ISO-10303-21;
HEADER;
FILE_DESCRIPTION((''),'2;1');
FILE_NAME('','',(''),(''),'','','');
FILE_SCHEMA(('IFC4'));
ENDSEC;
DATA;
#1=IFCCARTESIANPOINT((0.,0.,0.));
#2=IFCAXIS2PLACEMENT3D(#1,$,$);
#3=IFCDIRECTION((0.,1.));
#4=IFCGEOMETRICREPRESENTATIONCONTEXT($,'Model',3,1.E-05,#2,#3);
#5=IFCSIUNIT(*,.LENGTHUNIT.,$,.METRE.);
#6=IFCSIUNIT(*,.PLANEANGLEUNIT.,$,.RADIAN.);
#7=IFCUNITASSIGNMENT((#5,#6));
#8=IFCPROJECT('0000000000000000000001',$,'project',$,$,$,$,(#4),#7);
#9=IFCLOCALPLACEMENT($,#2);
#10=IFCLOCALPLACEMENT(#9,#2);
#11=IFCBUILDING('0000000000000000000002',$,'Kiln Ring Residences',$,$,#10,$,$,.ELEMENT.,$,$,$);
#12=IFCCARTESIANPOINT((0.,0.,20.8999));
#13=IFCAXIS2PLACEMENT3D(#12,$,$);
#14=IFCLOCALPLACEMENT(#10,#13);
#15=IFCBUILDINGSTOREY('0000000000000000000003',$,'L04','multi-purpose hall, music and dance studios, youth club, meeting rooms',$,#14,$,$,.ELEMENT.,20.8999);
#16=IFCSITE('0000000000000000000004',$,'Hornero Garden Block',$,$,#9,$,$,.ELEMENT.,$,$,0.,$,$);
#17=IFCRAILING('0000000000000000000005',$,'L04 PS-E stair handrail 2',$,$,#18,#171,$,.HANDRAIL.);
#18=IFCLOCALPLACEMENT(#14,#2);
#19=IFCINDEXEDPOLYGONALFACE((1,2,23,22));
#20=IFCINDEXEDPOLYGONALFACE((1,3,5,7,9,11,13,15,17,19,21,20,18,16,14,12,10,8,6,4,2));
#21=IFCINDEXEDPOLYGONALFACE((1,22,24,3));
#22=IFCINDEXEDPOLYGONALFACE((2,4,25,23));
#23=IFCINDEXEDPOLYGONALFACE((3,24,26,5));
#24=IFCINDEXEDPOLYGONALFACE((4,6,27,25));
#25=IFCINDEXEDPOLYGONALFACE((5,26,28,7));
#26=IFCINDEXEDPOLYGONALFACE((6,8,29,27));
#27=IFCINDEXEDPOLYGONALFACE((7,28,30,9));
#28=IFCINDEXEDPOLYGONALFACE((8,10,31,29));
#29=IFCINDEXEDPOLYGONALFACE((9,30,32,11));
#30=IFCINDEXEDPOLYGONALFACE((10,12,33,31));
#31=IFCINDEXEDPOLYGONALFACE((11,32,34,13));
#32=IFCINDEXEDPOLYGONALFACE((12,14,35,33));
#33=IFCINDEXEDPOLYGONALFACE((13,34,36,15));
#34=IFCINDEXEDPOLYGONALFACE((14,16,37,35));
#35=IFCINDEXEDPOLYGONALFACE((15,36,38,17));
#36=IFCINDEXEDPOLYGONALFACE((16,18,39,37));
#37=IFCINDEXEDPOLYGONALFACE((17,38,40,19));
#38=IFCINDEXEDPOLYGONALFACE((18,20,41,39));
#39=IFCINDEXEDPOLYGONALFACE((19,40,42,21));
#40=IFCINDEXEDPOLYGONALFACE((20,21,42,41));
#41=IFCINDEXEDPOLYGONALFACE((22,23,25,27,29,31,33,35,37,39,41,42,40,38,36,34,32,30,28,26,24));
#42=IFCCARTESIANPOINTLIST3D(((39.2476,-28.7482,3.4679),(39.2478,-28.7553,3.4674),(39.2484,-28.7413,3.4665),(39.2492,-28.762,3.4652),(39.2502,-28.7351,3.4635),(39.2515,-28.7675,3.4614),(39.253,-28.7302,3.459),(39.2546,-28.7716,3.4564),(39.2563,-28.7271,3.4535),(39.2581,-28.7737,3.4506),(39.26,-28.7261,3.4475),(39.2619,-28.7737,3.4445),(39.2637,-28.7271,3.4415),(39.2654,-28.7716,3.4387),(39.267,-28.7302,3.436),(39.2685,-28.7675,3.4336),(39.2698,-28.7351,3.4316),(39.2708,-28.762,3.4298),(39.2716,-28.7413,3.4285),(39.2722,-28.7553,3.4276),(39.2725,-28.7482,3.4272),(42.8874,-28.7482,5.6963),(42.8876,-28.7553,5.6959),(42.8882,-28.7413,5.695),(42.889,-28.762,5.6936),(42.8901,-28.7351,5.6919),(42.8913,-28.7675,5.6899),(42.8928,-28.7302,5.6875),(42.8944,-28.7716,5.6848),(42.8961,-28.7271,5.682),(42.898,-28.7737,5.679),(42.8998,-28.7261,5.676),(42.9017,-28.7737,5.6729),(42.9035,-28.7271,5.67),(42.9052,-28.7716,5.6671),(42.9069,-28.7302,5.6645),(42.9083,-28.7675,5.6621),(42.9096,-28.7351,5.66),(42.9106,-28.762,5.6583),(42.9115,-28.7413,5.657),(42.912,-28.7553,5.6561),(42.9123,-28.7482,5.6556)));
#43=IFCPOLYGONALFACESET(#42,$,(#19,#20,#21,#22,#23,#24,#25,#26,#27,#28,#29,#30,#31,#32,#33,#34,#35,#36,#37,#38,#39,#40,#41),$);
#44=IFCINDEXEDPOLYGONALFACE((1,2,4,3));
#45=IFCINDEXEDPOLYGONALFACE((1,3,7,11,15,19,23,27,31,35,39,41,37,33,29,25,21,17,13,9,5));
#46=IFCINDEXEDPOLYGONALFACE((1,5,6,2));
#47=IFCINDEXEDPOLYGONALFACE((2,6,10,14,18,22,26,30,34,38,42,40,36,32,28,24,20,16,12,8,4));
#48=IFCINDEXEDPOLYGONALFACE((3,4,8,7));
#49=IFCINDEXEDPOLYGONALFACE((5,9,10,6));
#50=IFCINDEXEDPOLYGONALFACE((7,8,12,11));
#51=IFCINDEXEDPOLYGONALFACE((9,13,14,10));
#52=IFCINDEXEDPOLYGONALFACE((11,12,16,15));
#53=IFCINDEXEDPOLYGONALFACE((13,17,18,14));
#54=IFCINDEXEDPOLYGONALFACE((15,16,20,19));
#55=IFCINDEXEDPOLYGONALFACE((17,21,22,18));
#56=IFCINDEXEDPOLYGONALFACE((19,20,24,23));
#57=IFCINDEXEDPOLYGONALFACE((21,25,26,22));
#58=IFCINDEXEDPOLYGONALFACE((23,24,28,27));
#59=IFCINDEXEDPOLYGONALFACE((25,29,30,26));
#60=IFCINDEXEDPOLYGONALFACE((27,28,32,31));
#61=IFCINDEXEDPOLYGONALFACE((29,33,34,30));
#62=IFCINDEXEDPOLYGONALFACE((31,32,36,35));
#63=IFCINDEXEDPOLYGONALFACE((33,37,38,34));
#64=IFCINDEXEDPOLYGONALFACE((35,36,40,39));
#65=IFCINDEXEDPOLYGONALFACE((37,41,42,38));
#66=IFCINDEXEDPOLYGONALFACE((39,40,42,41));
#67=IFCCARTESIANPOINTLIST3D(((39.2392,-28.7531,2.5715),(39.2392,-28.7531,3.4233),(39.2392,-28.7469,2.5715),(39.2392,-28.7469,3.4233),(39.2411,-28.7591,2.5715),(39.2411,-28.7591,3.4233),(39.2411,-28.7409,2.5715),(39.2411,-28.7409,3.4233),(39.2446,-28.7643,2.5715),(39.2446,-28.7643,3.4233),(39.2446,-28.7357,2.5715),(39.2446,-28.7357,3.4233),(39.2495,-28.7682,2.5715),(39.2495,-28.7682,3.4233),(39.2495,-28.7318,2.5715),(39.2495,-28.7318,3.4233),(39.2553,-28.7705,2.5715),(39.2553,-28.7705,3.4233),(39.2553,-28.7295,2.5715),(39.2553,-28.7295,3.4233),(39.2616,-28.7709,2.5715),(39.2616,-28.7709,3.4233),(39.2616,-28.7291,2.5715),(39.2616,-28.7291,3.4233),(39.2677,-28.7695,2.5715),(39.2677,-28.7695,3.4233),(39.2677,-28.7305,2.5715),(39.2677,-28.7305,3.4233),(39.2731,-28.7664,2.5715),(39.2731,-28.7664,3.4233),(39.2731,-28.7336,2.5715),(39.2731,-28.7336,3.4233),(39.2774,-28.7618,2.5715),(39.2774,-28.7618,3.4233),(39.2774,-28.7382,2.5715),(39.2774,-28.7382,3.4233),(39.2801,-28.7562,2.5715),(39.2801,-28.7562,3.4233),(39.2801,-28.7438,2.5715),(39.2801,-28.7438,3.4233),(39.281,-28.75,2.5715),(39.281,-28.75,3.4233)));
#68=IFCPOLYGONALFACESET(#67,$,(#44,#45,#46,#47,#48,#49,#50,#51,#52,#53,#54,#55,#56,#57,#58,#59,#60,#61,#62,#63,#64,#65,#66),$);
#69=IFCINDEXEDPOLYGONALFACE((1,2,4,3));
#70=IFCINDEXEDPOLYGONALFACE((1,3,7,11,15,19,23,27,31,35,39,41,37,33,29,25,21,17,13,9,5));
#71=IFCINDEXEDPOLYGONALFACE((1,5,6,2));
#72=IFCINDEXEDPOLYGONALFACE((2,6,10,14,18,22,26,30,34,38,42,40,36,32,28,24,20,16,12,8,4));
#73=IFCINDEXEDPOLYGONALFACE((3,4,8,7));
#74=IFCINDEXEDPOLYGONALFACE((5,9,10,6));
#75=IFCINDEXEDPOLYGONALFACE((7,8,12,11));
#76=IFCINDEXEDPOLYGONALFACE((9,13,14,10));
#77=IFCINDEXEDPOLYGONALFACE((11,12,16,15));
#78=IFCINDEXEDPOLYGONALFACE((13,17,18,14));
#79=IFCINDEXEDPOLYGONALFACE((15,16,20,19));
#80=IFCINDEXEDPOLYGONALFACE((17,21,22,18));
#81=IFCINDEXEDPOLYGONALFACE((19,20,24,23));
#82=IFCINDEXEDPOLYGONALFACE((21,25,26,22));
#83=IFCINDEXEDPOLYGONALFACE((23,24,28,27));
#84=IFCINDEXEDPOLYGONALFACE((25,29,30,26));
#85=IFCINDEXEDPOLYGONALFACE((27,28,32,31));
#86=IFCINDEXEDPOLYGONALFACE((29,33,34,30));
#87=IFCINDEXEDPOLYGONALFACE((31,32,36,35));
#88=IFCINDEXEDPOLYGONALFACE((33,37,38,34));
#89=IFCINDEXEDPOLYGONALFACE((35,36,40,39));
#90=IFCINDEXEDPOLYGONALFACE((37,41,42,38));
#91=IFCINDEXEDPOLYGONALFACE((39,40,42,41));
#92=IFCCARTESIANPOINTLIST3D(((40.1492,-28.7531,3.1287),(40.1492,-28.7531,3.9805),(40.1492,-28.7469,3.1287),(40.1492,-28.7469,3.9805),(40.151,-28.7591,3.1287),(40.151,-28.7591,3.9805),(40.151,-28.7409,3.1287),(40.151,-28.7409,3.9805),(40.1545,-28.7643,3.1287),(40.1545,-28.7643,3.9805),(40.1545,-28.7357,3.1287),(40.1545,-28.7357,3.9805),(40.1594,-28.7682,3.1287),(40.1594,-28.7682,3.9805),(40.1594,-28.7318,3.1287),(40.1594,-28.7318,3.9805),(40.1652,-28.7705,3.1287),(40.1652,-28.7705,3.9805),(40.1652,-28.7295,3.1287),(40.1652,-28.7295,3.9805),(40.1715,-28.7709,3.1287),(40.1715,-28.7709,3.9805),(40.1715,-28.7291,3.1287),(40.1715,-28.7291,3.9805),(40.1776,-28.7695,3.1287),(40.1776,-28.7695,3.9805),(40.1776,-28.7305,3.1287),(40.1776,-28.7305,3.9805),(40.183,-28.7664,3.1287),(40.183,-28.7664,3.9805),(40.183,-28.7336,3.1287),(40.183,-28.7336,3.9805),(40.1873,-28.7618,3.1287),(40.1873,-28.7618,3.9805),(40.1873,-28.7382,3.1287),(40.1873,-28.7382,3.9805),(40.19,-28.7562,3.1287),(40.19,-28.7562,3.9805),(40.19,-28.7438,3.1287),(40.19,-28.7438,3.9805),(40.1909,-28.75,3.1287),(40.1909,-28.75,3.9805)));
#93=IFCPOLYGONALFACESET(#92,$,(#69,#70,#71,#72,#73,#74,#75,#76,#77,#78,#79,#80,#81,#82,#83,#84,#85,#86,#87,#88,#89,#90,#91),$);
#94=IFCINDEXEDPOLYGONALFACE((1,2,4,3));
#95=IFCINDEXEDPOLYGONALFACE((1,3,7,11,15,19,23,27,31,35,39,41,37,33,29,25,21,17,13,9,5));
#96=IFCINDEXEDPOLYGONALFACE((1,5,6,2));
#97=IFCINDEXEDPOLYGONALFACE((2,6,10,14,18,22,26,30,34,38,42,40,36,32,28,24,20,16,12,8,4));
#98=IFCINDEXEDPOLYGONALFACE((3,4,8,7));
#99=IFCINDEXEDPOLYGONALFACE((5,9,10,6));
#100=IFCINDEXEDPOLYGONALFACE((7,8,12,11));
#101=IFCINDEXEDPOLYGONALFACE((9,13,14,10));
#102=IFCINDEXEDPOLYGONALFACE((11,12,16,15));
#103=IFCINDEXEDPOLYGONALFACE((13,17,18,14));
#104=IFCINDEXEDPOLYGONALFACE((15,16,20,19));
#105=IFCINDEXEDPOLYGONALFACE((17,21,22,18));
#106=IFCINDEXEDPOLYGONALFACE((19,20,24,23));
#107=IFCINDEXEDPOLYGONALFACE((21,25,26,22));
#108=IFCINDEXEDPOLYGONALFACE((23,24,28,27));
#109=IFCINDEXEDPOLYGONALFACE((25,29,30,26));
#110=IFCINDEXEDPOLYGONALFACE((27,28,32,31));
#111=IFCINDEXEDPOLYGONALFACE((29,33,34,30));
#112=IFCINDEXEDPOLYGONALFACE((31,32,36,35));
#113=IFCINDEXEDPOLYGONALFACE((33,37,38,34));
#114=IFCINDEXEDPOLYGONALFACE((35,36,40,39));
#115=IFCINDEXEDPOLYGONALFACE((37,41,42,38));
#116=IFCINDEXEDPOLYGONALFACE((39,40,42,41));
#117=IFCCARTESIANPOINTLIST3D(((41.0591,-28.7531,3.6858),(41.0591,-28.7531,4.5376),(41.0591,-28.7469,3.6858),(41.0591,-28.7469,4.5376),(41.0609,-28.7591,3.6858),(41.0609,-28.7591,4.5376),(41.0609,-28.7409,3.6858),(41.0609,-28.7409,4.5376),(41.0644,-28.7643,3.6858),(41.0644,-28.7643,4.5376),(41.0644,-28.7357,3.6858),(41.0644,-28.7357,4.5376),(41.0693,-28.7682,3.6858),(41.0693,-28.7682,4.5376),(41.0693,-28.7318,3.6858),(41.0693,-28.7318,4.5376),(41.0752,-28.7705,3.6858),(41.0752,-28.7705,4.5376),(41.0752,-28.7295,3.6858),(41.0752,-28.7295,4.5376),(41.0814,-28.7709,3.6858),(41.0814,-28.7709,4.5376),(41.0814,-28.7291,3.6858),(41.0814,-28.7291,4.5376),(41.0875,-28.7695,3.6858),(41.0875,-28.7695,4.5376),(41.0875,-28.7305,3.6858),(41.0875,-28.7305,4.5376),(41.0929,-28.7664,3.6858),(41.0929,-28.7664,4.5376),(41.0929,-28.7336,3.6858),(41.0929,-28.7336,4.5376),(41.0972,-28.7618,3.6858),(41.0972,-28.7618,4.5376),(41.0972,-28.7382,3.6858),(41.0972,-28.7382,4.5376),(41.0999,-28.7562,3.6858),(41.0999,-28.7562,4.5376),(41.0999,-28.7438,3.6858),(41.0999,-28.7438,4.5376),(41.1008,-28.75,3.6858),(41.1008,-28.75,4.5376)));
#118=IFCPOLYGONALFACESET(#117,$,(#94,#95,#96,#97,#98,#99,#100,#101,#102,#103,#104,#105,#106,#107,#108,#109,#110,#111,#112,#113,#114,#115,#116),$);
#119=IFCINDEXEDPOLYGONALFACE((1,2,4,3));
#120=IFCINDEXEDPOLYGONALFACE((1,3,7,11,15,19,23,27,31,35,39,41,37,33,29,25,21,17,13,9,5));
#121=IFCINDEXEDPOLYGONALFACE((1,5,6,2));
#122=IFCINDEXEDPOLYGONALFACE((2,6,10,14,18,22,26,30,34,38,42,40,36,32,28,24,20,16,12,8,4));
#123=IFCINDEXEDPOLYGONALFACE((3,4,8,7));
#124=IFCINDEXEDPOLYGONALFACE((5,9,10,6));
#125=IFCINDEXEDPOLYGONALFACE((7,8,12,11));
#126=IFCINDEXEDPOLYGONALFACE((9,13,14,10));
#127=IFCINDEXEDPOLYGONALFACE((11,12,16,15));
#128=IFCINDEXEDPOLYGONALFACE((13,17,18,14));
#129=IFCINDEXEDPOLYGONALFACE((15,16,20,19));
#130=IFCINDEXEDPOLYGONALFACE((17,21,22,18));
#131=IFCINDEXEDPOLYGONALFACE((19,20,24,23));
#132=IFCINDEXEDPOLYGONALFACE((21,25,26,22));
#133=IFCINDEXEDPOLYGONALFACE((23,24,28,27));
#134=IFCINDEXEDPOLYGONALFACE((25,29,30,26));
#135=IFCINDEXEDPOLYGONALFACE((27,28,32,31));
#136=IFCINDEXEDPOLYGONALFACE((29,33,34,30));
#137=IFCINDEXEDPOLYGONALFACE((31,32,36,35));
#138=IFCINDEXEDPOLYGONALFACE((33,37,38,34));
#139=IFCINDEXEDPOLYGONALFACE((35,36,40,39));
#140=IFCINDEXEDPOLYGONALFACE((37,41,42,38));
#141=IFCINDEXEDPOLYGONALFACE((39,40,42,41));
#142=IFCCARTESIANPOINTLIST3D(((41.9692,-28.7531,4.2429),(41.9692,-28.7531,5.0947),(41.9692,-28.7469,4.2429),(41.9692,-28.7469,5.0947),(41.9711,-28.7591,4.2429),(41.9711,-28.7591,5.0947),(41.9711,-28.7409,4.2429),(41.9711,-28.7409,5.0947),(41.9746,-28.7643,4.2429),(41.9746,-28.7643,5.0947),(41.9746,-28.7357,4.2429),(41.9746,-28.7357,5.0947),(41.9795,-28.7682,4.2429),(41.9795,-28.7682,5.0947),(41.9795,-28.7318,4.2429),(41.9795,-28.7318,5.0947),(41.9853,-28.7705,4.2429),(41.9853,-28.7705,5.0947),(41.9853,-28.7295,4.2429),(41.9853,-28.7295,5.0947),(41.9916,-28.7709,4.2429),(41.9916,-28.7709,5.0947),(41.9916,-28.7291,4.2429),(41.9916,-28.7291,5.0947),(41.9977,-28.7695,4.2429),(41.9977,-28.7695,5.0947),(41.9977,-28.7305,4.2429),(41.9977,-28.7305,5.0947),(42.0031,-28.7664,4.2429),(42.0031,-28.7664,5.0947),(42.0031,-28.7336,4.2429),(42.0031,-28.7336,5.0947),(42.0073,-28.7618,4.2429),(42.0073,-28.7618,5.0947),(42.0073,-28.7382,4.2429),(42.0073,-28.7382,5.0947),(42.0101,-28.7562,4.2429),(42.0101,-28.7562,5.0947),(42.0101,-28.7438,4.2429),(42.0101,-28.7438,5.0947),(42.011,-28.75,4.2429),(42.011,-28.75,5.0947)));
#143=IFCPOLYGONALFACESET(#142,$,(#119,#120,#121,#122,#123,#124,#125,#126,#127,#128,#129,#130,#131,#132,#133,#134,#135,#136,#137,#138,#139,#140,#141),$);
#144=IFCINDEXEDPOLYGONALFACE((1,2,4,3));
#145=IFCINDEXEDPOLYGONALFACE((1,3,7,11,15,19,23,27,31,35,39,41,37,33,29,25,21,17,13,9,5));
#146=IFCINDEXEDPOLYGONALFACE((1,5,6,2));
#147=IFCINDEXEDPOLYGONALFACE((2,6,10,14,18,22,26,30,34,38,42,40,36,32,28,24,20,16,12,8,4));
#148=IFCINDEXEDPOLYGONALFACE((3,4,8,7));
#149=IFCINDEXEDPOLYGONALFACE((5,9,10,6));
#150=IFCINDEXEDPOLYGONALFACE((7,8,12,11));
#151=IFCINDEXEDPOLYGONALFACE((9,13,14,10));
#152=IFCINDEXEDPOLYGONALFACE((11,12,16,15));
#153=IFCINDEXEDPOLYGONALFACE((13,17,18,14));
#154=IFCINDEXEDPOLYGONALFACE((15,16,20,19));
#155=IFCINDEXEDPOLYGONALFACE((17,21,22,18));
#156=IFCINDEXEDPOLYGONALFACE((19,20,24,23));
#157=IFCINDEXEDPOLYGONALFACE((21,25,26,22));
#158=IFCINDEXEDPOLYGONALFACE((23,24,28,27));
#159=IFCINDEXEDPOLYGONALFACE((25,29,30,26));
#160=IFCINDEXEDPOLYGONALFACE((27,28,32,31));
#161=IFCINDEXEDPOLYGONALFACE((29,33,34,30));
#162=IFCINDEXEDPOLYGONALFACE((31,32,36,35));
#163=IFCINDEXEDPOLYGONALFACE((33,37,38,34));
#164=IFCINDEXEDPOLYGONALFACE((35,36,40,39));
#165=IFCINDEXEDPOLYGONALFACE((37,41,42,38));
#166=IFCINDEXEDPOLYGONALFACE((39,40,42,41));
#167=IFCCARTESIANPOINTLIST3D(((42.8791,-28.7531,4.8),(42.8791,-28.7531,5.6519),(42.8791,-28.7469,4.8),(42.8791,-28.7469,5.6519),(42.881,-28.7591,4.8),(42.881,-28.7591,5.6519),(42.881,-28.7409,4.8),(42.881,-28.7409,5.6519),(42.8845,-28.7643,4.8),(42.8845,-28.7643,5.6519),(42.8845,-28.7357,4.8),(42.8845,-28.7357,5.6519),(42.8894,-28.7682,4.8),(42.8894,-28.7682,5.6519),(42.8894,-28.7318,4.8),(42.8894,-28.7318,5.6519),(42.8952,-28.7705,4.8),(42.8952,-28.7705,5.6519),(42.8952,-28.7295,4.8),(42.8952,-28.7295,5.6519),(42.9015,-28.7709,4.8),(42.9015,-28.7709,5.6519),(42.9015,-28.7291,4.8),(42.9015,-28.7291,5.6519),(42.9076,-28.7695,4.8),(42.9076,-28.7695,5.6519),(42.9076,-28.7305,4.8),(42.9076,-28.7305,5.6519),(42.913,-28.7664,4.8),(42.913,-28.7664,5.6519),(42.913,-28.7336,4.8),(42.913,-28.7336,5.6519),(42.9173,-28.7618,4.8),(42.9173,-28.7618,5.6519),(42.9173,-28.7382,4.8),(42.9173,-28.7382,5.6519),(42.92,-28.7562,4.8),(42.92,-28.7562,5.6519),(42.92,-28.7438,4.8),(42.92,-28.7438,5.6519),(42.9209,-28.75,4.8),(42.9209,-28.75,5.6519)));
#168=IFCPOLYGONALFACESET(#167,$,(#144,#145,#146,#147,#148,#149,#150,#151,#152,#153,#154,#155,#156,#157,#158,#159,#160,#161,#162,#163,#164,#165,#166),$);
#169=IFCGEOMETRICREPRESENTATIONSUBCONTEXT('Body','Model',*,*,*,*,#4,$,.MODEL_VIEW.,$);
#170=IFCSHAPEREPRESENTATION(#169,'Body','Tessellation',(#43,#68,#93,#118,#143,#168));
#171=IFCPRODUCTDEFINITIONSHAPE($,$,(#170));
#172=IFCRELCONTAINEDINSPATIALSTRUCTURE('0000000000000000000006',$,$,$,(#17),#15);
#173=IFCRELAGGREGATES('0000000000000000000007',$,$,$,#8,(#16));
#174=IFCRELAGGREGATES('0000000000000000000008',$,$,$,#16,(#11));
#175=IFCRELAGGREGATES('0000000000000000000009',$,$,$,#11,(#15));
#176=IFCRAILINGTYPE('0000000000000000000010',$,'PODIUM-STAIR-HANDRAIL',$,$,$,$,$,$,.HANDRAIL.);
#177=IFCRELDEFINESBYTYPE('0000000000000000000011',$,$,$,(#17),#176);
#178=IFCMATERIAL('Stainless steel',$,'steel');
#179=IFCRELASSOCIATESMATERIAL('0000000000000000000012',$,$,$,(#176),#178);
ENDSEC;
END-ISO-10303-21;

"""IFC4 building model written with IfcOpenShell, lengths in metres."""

from ifc_helpers import new_model, si_unit, direction, frame, origin, origin_2d, place, context, subcontext, project, spatial, circle, extrude, material, type_object, element, save


model = new_model("IFC4")

# Units and contexts
model_context = context("Model", 3, precision=1e-05, world=origin(), true_north=direction((0.0, 1.0)))
body_context = subcontext(model_context, "Body", "Model", "MODEL_VIEW")
ifc_project = project(units=[si_unit("LENGTHUNIT", "METRE"), si_unit("PLANEANGLEUNIT", "RADIAN")], contexts=[model_context])

# Site, building, storey
site_placement = place(None, origin())
site = spatial("IfcSite", under=ifc_project, at=site_placement, Name="Hornero Garden Block", CompositionType="ELEMENT", RefElevation=0.0)
building_placement = place(site_placement, origin())
building = spatial("IfcBuilding", under=site, at=building_placement, Name="Kiln Ring Residences", CompositionType="ELEMENT")
storey_placement = place(building_placement, frame((0.0, 0.0, 20.8999)))
storey = spatial("IfcBuildingStorey", under=building, at=storey_placement, Name="L04", Description="multi-purpose hall, music and dance studios, youth club, meeting rooms", CompositionType="ELEMENT", Elevation=20.8999)

# Railing
ifc_material_1 = material(Name="Stainless steel", Category="steel")
railing_type_1 = type_object("IfcRailingType", Name="PODIUM-STAIR-HANDRAIL", PredefinedType="HANDRAIL", material=ifc_material_1)
railing_1_placement = place(storey_placement, frame((39.26, -28.75, 2.5715)))
element("IfcRailing", 1, at=railing_1_placement, inside=storey, type_object=railing_type_1, Name="L04 PS-E stair handrail 2", PredefinedType="HANDRAIL", context=body_context, shape_type="SweptSolid", body=[
    extrude(circle(Radius=0.0239, at=origin_2d()), frame((0.0, 0.0, 0.876), z_axis=(0.85285, 0.0, 0.522156), x_axis=(0.0, 1.0, 0.0)), (0.0, 0.0, 1.0), 4.2678),
    extrude(circle(Radius=0.021, at=origin_2d()), origin(), (0.0, 0.0, 1.0), 0.8518),
    extrude(circle(Radius=0.021, at=origin_2d()), frame((0.9099, 0.0, 0.5571)), (0.0, 0.0, 1.0), 0.8518),
    extrude(circle(Radius=0.021, at=origin_2d()), frame((1.8198, 0.0, 1.1143)), (0.0, 0.0, 1.0), 0.8518),
    extrude(circle(Radius=0.021, at=origin_2d()), frame((2.73, 0.0, 1.6714)), (0.0, 0.0, 1.0), 0.8518),
    extrude(circle(Radius=0.021, at=origin_2d()), frame((3.6399, 0.0, 2.2285)), (0.0, 0.0, 1.0), 0.8518),
])

save(model, "model.ifc")
